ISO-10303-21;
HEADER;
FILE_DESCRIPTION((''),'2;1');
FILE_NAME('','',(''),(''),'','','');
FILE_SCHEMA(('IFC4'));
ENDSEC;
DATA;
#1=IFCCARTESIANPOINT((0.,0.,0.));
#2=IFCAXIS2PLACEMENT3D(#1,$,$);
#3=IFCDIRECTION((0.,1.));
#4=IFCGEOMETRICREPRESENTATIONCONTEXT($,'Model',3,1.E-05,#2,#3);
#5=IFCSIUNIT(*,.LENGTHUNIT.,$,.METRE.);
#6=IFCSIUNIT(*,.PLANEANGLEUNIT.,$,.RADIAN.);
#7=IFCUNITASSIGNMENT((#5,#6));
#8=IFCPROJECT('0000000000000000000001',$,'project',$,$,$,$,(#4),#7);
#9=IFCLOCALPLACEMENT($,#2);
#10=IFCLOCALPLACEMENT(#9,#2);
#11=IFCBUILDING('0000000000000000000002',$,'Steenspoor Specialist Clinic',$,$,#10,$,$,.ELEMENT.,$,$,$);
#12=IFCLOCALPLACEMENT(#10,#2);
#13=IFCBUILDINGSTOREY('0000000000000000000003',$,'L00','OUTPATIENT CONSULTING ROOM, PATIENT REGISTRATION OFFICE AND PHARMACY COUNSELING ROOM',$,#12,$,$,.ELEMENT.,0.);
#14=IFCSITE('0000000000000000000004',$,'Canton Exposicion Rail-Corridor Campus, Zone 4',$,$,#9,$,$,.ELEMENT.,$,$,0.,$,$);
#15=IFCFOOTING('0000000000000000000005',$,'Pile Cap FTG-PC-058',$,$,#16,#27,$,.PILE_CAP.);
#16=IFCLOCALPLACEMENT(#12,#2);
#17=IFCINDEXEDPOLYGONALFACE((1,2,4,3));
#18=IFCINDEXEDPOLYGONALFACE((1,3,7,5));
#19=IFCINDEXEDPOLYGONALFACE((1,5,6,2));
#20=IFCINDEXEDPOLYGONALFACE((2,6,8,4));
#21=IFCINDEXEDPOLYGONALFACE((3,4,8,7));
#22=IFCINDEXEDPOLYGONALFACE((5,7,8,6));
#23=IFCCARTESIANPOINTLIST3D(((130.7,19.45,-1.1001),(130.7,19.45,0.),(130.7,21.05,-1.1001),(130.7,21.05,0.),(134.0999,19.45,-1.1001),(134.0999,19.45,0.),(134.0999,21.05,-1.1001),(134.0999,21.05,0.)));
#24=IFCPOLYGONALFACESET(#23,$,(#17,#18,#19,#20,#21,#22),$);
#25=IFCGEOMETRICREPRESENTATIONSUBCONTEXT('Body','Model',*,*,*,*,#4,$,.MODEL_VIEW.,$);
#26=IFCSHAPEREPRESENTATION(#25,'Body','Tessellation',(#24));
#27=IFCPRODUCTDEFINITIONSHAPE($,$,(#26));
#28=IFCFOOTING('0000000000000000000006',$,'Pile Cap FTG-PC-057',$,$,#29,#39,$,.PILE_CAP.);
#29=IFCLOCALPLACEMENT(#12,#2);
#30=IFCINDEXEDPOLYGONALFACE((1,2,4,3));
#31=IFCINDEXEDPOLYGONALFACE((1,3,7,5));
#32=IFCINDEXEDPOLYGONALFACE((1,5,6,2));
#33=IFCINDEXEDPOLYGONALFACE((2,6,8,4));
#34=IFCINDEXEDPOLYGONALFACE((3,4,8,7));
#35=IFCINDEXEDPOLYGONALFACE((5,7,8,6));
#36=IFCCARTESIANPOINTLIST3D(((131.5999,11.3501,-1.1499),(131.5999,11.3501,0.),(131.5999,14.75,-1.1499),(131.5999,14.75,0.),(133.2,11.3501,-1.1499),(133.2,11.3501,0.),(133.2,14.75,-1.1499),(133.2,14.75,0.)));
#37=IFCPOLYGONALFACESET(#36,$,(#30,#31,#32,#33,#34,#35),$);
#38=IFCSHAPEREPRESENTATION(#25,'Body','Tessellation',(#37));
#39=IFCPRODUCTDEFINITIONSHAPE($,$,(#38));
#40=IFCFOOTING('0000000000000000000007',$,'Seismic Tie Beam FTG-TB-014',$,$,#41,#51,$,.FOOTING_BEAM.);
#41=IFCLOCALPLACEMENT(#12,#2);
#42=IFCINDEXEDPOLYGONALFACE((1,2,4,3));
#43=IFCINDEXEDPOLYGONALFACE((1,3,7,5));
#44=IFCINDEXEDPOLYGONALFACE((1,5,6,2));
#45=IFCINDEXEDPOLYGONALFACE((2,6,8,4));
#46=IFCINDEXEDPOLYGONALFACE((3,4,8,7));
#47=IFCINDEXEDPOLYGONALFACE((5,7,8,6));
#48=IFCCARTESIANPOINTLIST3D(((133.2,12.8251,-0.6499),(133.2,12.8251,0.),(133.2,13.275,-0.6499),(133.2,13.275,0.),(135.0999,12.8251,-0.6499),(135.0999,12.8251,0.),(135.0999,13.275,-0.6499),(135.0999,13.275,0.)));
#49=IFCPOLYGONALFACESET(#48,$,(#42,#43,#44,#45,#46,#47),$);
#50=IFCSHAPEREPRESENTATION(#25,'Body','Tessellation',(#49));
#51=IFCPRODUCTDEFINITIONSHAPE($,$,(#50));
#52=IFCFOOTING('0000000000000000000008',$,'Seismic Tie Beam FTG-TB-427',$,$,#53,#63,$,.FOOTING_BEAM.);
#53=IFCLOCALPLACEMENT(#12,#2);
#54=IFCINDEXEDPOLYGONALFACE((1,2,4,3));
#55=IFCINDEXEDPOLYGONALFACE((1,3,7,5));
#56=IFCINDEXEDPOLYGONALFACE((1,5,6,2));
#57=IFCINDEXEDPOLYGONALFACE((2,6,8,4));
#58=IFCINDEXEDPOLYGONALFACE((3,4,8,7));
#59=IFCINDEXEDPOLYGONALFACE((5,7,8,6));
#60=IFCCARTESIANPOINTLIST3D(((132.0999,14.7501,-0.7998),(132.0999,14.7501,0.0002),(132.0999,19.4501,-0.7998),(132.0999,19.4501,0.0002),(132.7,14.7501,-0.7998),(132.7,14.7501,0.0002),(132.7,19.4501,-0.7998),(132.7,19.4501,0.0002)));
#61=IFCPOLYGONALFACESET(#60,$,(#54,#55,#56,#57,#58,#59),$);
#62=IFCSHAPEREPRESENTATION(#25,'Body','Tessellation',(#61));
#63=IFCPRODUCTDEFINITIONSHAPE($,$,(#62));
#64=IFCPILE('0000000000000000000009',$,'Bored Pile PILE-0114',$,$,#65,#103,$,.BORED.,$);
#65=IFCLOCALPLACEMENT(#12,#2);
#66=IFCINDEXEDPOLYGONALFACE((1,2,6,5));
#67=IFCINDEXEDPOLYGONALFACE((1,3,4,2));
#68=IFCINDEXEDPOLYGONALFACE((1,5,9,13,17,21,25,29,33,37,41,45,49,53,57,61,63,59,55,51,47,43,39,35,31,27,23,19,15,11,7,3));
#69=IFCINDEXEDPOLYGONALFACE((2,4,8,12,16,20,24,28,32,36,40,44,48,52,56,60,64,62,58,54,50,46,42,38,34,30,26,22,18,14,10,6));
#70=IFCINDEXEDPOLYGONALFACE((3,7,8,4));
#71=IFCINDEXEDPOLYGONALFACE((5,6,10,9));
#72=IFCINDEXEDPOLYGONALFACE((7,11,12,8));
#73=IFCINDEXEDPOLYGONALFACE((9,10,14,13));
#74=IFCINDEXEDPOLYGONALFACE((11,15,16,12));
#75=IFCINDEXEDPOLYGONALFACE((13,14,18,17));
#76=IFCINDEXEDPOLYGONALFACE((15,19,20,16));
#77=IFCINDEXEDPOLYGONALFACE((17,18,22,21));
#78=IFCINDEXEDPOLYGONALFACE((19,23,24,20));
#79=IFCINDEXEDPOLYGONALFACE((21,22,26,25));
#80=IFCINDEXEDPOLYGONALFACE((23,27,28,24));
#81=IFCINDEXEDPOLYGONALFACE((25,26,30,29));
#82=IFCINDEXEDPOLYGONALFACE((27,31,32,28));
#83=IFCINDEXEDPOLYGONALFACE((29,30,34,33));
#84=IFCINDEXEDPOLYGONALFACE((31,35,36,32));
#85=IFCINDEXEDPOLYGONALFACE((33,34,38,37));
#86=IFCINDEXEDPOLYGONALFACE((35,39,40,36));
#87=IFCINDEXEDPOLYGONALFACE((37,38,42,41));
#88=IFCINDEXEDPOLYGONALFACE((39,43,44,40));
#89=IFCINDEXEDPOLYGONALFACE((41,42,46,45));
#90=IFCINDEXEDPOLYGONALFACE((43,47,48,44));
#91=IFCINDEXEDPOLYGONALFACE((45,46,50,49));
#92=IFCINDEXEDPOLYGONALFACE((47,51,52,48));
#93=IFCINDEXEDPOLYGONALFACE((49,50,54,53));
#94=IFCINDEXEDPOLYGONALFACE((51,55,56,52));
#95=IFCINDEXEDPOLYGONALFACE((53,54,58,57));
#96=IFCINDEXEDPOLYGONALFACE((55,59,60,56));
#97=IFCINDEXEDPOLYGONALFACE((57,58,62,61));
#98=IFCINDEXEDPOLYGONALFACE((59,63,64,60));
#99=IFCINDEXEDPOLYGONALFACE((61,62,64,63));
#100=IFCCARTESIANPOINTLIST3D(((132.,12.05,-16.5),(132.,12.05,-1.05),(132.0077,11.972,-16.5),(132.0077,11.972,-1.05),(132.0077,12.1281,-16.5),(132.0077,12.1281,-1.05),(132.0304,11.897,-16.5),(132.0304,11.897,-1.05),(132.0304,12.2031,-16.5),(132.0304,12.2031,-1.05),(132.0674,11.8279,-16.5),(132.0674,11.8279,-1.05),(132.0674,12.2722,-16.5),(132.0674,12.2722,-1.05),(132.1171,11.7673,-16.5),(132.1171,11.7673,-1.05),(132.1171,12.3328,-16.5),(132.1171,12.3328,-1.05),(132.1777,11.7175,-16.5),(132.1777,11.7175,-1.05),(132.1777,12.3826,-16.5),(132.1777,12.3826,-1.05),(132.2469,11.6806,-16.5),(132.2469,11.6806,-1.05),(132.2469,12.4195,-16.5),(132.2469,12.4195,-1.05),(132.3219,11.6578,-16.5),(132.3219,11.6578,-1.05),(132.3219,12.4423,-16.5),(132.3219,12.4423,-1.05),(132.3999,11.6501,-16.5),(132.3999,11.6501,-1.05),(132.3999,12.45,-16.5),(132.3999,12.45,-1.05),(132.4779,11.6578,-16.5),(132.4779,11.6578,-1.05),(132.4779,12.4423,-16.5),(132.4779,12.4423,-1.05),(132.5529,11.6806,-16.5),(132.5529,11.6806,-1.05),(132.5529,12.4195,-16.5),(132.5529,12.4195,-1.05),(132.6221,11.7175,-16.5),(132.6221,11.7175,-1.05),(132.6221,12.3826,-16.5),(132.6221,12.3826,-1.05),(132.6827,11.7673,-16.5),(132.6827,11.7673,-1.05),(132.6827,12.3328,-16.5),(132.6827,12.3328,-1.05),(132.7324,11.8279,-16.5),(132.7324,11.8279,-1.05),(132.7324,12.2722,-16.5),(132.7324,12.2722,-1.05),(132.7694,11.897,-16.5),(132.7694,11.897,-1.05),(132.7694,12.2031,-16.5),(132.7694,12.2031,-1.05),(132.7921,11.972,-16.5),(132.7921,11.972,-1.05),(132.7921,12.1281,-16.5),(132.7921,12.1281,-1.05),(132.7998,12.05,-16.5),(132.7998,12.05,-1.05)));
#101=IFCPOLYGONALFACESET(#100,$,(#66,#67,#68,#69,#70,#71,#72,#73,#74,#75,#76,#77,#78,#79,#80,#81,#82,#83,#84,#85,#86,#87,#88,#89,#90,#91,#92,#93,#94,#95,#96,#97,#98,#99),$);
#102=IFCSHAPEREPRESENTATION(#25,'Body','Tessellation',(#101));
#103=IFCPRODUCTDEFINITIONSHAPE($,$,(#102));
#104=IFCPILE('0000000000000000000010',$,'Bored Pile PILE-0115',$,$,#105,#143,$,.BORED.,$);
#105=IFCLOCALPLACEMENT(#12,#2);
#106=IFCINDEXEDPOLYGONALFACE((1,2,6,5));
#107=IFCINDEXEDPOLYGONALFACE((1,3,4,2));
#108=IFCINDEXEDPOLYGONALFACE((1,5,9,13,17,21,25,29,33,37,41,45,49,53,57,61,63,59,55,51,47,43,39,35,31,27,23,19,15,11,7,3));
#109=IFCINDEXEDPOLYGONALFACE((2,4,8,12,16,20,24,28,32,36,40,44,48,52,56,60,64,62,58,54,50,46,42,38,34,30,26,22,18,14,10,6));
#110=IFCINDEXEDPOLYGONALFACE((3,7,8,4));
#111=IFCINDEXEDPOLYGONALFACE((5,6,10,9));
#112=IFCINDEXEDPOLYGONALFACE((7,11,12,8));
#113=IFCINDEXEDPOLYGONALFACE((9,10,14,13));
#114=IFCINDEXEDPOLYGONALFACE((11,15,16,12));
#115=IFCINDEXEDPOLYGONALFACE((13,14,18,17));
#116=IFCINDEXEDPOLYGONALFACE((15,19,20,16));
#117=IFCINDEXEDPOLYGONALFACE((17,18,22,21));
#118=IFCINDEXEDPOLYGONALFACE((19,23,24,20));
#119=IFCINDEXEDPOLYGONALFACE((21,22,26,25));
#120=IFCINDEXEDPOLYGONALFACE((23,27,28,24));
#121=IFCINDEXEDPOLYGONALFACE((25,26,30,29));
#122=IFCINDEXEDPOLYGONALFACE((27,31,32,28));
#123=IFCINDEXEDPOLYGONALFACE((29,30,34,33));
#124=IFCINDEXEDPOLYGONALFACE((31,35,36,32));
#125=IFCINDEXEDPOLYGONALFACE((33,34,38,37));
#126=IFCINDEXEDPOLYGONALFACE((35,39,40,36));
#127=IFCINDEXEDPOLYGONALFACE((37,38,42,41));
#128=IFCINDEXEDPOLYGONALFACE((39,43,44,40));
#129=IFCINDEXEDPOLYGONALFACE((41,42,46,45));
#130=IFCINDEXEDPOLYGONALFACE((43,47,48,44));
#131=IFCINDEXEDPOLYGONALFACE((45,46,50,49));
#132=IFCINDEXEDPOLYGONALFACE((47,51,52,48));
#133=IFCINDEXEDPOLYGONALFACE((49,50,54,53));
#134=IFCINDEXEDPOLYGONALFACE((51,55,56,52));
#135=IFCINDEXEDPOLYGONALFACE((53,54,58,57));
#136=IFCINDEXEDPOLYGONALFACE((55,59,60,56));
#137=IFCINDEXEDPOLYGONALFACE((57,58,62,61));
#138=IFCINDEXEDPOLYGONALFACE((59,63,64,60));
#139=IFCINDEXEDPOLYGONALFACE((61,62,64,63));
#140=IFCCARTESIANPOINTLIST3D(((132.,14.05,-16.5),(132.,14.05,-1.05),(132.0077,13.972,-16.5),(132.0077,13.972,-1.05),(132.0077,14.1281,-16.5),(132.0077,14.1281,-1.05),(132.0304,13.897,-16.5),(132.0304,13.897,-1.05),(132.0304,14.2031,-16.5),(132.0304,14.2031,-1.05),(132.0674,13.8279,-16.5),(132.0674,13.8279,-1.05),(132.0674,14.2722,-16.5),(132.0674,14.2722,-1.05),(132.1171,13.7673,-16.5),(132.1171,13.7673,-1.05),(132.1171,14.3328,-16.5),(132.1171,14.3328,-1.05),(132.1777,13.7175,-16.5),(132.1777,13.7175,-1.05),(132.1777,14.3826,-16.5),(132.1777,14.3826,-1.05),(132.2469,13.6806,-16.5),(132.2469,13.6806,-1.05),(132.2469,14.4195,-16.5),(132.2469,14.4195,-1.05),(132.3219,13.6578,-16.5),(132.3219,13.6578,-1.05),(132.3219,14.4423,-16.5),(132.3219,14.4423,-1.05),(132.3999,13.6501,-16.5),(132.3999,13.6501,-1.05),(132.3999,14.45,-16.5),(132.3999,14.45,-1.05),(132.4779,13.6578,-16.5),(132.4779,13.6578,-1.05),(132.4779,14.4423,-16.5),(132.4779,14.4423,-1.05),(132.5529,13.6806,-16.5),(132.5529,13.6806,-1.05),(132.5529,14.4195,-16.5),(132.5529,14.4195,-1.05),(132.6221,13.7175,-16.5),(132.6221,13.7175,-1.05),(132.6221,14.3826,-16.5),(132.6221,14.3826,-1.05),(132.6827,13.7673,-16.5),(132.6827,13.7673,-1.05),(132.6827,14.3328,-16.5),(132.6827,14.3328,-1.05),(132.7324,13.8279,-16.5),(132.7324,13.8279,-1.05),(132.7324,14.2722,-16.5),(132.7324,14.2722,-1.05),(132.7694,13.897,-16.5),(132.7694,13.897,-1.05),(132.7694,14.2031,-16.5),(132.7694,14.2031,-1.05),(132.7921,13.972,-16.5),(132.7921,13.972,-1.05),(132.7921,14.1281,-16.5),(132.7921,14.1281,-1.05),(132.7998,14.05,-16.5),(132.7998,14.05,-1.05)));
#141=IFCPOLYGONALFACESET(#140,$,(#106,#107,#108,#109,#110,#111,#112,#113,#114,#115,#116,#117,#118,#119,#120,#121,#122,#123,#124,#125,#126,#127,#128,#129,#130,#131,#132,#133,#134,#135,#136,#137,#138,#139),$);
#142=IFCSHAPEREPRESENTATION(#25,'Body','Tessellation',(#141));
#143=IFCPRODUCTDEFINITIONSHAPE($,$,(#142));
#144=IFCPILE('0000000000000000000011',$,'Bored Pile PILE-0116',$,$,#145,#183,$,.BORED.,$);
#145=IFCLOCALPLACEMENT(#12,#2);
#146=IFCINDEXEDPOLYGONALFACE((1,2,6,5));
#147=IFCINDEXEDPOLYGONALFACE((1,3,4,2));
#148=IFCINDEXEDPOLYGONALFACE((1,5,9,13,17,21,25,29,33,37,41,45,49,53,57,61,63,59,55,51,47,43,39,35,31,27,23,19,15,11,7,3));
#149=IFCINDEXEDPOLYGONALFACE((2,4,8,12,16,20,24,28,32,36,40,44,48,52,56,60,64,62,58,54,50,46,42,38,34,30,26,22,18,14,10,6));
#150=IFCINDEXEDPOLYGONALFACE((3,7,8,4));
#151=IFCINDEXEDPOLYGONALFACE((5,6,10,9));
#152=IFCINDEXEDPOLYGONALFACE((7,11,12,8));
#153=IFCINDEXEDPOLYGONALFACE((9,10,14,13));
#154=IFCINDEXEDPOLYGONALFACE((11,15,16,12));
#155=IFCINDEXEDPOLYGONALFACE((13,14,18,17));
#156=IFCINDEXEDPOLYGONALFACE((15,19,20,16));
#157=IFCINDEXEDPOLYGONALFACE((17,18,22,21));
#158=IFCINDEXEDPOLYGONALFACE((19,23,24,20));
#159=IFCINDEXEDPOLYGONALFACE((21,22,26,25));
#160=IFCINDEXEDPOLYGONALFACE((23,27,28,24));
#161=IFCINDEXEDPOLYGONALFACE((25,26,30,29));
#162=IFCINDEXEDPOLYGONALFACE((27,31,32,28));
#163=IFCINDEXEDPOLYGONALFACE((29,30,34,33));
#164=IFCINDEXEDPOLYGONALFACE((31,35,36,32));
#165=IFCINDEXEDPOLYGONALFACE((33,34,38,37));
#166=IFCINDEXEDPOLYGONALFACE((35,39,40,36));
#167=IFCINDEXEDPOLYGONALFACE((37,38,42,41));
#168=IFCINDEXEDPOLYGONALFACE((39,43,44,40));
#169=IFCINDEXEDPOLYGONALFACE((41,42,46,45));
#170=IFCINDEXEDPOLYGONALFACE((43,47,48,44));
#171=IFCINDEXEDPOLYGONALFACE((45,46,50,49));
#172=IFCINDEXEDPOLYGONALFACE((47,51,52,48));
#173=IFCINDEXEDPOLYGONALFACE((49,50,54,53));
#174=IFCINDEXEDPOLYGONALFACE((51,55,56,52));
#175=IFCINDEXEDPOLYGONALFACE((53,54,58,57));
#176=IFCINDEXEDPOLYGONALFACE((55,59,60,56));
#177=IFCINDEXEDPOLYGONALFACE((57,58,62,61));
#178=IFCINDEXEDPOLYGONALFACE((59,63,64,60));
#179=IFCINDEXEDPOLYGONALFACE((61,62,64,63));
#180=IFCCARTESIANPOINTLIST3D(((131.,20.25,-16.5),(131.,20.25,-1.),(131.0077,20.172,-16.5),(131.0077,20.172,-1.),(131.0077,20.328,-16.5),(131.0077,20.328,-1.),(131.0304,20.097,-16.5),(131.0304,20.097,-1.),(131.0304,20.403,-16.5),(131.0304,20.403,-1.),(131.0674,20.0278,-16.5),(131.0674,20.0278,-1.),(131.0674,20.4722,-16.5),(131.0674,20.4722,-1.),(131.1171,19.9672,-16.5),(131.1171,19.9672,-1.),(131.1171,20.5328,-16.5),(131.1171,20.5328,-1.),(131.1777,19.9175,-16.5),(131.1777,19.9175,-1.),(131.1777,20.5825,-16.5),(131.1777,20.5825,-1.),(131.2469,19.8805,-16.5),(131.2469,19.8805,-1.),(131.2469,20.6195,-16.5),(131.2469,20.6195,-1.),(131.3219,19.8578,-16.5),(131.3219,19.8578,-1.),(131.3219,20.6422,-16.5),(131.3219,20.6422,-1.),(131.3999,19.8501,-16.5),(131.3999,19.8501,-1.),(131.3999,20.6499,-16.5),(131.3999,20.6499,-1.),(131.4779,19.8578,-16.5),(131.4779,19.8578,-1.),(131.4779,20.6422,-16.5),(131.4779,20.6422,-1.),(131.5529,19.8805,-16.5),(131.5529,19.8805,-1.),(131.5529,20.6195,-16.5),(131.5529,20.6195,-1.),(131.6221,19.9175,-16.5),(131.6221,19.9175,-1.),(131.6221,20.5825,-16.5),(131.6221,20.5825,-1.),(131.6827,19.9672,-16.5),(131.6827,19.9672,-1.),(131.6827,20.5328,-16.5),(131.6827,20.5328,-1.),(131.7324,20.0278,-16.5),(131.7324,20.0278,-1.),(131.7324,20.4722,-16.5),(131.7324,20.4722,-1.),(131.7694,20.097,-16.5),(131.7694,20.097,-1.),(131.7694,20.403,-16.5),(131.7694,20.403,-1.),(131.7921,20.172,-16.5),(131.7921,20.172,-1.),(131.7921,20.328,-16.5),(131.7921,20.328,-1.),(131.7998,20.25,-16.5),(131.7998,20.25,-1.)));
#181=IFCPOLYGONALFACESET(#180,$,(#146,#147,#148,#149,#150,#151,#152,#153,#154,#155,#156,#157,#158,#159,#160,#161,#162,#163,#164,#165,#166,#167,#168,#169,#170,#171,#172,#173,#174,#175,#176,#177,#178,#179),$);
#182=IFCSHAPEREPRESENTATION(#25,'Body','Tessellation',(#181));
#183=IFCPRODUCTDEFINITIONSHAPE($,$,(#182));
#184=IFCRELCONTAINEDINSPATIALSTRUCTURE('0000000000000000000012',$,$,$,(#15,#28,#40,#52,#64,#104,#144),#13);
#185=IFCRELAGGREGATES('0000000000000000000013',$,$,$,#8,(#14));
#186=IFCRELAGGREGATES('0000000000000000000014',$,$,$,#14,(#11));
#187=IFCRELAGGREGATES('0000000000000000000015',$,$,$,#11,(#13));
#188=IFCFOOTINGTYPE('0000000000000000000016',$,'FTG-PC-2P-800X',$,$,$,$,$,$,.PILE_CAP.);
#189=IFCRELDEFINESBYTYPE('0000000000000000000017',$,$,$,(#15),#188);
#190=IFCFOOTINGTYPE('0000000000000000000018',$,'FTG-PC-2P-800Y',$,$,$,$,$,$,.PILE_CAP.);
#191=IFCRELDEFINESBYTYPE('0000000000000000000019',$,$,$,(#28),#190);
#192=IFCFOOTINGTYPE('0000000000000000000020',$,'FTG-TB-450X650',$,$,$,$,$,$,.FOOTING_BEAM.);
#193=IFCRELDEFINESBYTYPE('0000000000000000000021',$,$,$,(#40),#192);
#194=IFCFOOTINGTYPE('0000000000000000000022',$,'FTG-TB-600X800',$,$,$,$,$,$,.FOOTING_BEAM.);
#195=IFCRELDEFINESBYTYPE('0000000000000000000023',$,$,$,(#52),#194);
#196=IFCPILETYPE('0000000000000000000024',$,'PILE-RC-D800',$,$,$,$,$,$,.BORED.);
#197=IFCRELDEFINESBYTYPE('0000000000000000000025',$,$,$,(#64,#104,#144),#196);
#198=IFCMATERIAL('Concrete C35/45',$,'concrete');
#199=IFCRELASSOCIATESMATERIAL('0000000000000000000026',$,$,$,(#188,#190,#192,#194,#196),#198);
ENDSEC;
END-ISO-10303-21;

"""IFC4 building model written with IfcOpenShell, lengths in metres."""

from ifc_helpers import new_model, si_unit, direction, frame, origin, origin_2d, place, context, subcontext, project, spatial, rectangle, circle, extrude, material, material_profile, profile_set, type_object, element, save


model = new_model("IFC4")

# Units and contexts
model_context = context("Model", 3, precision=1e-05, world=origin(), true_north=direction((0.0, 1.0)))
body_context = subcontext(model_context, "Body", "Model", "MODEL_VIEW")
ifc_project = project(units=[si_unit("LENGTHUNIT", "METRE"), si_unit("PLANEANGLEUNIT", "RADIAN")], contexts=[model_context])

# Site, building, storey
site_placement = place(None, origin())
site = spatial("IfcSite", under=ifc_project, at=site_placement, Name="Canton Exposicion Rail-Corridor Campus, Zone 4", CompositionType="ELEMENT", RefElevation=0.0)
building_placement = place(site_placement, origin())
building = spatial("IfcBuilding", under=site, at=building_placement, Name="Steenspoor Specialist Clinic", CompositionType="ELEMENT")
storey_placement = place(building_placement, origin())
storey = spatial("IfcBuildingStorey", under=building, at=storey_placement, Name="L00", Description="OUTPATIENT CONSULTING ROOM, PATIENT REGISTRATION OFFICE AND PHARMACY COUNSELING ROOM", CompositionType="ELEMENT", Elevation=0.0)

# Footings
ifc_material_1 = material(Name="Concrete C35/45", Category="concrete")
footing_type_1 = type_object("IfcFootingType", Name="FTG-PC-2P-800X", PredefinedType="PILE_CAP", material=ifc_material_1)
footing_1_placement = place(storey_placement, frame((132.3999, 20.25, -1.1001), z_axis=(0.0, 0.0, 1.0), x_axis=(1.0, 0.0, 0.0)))
element("IfcFooting", 1, at=footing_1_placement, inside=storey, type_object=footing_type_1, Name="Pile Cap FTG-PC-058", PredefinedType="PILE_CAP", context=body_context, shape_type="SweptSolid", body=[
    extrude(rectangle(XDim=3.3999, YDim=1.6001, at=origin_2d()), origin(), (0.0, 0.0, 1.0), 1.1001),
])
footing_type_2 = type_object("IfcFootingType", Name="FTG-PC-2P-800Y", PredefinedType="PILE_CAP", material=ifc_material_1)
footing_2_placement = place(storey_placement, frame((132.3999, 13.05, -1.1499), z_axis=(0.0, 0.0, 1.0), x_axis=(1.0, 0.0, 0.0)))
element("IfcFooting", 2, at=footing_2_placement, inside=storey, type_object=footing_type_2, Name="Pile Cap FTG-PC-057", PredefinedType="PILE_CAP", context=body_context, shape_type="SweptSolid", body=[
    extrude(rectangle(XDim=1.6001, YDim=3.3999, at=origin_2d()), origin(), (0.0, 0.0, 1.0), 1.1499),
])
footing_type_3 = type_object("IfcFootingType", Name="FTG-TB-450X650", PredefinedType="FOOTING_BEAM", material=ifc_material_1)
footing_3_placement = place(storey_placement, frame((134.1499, 13.05, -0.6499), z_axis=(0.0, 0.0, 1.0), x_axis=(1.0, 0.0, 0.0)))
element("IfcFooting", 3, at=footing_3_placement, inside=storey, type_object=footing_type_3, Name="Seismic Tie Beam FTG-TB-014", PredefinedType="FOOTING_BEAM", context=body_context, shape_type="SweptSolid", body=[
    extrude(rectangle(XDim=1.8999, YDim=0.45, at=origin_2d()), origin(), (0.0, 0.0, 1.0), 0.6499),
])
footing_type_4 = type_object("IfcFootingType", Name="FTG-TB-600X800", PredefinedType="FOOTING_BEAM", material=ifc_material_1)
footing_4_placement = place(storey_placement, frame((132.3999, 17.1001, -0.7998), z_axis=(0.0, 0.0, 1.0), x_axis=(1.0, 0.0, 0.0)))
element("IfcFooting", 4, at=footing_4_placement, inside=storey, type_object=footing_type_4, Name="Seismic Tie Beam FTG-TB-427", PredefinedType="FOOTING_BEAM", context=body_context, shape_type="SweptSolid", body=[
    extrude(rectangle(XDim=0.6001, YDim=4.7, at=origin_2d()), origin(), (0.0, 0.0, 1.0), 0.8),
])

# Piles
ifc_material_profile_1 = material_profile(ifc_material_1, circle(Radius=0.3999, at=origin_2d()), Name="PILE-D800")
ifc_profile_set_1 = profile_set([ifc_material_profile_1], Name="Concrete C35/45")
pile_type = type_object("IfcPileType", Name="PILE-RC-D800", PredefinedType="BORED", material=ifc_profile_set_1)
for number, where, z_axis, x_axis, name in (
    (5, (132.3999, 12.05, -1.05), (0.0, 0.0, -1.0), (1.0, 0.0, 0.0), "Bored Pile PILE-0114"),
    (6, (132.3999, 14.05, -1.05), (0.0, 0.0, -1.0), (1.0, 0.0, 0.0), "Bored Pile PILE-0115"),
):
    element("IfcPile", number, at=place(storey_placement, frame(where, z_axis=z_axis, x_axis=x_axis)), inside=storey, type_object=pile_type, Name=name, PredefinedType="BORED", context=body_context, shape_type="SweptSolid", body=[
        extrude(circle(Radius=0.3999, at=origin_2d()), origin(), (0.0, 0.0, 1.0), 15.45),
    ])
for number, where, z_axis, x_axis, name in (
    (7, (131.3999, 20.25, -1.0), (0.0, 0.0, -1.0), (1.0, 0.0, 0.0), "Bored Pile PILE-0116"),
):
    element("IfcPile", number, at=place(storey_placement, frame(where, z_axis=z_axis, x_axis=x_axis)), inside=storey, type_object=pile_type, Name=name, PredefinedType="BORED", context=body_context, shape_type="SweptSolid", body=[
        extrude(circle(Radius=0.3999, at=origin_2d()), origin(), (0.0, 0.0, 1.0), 15.5),
    ])

save(model, "model.ifc")
